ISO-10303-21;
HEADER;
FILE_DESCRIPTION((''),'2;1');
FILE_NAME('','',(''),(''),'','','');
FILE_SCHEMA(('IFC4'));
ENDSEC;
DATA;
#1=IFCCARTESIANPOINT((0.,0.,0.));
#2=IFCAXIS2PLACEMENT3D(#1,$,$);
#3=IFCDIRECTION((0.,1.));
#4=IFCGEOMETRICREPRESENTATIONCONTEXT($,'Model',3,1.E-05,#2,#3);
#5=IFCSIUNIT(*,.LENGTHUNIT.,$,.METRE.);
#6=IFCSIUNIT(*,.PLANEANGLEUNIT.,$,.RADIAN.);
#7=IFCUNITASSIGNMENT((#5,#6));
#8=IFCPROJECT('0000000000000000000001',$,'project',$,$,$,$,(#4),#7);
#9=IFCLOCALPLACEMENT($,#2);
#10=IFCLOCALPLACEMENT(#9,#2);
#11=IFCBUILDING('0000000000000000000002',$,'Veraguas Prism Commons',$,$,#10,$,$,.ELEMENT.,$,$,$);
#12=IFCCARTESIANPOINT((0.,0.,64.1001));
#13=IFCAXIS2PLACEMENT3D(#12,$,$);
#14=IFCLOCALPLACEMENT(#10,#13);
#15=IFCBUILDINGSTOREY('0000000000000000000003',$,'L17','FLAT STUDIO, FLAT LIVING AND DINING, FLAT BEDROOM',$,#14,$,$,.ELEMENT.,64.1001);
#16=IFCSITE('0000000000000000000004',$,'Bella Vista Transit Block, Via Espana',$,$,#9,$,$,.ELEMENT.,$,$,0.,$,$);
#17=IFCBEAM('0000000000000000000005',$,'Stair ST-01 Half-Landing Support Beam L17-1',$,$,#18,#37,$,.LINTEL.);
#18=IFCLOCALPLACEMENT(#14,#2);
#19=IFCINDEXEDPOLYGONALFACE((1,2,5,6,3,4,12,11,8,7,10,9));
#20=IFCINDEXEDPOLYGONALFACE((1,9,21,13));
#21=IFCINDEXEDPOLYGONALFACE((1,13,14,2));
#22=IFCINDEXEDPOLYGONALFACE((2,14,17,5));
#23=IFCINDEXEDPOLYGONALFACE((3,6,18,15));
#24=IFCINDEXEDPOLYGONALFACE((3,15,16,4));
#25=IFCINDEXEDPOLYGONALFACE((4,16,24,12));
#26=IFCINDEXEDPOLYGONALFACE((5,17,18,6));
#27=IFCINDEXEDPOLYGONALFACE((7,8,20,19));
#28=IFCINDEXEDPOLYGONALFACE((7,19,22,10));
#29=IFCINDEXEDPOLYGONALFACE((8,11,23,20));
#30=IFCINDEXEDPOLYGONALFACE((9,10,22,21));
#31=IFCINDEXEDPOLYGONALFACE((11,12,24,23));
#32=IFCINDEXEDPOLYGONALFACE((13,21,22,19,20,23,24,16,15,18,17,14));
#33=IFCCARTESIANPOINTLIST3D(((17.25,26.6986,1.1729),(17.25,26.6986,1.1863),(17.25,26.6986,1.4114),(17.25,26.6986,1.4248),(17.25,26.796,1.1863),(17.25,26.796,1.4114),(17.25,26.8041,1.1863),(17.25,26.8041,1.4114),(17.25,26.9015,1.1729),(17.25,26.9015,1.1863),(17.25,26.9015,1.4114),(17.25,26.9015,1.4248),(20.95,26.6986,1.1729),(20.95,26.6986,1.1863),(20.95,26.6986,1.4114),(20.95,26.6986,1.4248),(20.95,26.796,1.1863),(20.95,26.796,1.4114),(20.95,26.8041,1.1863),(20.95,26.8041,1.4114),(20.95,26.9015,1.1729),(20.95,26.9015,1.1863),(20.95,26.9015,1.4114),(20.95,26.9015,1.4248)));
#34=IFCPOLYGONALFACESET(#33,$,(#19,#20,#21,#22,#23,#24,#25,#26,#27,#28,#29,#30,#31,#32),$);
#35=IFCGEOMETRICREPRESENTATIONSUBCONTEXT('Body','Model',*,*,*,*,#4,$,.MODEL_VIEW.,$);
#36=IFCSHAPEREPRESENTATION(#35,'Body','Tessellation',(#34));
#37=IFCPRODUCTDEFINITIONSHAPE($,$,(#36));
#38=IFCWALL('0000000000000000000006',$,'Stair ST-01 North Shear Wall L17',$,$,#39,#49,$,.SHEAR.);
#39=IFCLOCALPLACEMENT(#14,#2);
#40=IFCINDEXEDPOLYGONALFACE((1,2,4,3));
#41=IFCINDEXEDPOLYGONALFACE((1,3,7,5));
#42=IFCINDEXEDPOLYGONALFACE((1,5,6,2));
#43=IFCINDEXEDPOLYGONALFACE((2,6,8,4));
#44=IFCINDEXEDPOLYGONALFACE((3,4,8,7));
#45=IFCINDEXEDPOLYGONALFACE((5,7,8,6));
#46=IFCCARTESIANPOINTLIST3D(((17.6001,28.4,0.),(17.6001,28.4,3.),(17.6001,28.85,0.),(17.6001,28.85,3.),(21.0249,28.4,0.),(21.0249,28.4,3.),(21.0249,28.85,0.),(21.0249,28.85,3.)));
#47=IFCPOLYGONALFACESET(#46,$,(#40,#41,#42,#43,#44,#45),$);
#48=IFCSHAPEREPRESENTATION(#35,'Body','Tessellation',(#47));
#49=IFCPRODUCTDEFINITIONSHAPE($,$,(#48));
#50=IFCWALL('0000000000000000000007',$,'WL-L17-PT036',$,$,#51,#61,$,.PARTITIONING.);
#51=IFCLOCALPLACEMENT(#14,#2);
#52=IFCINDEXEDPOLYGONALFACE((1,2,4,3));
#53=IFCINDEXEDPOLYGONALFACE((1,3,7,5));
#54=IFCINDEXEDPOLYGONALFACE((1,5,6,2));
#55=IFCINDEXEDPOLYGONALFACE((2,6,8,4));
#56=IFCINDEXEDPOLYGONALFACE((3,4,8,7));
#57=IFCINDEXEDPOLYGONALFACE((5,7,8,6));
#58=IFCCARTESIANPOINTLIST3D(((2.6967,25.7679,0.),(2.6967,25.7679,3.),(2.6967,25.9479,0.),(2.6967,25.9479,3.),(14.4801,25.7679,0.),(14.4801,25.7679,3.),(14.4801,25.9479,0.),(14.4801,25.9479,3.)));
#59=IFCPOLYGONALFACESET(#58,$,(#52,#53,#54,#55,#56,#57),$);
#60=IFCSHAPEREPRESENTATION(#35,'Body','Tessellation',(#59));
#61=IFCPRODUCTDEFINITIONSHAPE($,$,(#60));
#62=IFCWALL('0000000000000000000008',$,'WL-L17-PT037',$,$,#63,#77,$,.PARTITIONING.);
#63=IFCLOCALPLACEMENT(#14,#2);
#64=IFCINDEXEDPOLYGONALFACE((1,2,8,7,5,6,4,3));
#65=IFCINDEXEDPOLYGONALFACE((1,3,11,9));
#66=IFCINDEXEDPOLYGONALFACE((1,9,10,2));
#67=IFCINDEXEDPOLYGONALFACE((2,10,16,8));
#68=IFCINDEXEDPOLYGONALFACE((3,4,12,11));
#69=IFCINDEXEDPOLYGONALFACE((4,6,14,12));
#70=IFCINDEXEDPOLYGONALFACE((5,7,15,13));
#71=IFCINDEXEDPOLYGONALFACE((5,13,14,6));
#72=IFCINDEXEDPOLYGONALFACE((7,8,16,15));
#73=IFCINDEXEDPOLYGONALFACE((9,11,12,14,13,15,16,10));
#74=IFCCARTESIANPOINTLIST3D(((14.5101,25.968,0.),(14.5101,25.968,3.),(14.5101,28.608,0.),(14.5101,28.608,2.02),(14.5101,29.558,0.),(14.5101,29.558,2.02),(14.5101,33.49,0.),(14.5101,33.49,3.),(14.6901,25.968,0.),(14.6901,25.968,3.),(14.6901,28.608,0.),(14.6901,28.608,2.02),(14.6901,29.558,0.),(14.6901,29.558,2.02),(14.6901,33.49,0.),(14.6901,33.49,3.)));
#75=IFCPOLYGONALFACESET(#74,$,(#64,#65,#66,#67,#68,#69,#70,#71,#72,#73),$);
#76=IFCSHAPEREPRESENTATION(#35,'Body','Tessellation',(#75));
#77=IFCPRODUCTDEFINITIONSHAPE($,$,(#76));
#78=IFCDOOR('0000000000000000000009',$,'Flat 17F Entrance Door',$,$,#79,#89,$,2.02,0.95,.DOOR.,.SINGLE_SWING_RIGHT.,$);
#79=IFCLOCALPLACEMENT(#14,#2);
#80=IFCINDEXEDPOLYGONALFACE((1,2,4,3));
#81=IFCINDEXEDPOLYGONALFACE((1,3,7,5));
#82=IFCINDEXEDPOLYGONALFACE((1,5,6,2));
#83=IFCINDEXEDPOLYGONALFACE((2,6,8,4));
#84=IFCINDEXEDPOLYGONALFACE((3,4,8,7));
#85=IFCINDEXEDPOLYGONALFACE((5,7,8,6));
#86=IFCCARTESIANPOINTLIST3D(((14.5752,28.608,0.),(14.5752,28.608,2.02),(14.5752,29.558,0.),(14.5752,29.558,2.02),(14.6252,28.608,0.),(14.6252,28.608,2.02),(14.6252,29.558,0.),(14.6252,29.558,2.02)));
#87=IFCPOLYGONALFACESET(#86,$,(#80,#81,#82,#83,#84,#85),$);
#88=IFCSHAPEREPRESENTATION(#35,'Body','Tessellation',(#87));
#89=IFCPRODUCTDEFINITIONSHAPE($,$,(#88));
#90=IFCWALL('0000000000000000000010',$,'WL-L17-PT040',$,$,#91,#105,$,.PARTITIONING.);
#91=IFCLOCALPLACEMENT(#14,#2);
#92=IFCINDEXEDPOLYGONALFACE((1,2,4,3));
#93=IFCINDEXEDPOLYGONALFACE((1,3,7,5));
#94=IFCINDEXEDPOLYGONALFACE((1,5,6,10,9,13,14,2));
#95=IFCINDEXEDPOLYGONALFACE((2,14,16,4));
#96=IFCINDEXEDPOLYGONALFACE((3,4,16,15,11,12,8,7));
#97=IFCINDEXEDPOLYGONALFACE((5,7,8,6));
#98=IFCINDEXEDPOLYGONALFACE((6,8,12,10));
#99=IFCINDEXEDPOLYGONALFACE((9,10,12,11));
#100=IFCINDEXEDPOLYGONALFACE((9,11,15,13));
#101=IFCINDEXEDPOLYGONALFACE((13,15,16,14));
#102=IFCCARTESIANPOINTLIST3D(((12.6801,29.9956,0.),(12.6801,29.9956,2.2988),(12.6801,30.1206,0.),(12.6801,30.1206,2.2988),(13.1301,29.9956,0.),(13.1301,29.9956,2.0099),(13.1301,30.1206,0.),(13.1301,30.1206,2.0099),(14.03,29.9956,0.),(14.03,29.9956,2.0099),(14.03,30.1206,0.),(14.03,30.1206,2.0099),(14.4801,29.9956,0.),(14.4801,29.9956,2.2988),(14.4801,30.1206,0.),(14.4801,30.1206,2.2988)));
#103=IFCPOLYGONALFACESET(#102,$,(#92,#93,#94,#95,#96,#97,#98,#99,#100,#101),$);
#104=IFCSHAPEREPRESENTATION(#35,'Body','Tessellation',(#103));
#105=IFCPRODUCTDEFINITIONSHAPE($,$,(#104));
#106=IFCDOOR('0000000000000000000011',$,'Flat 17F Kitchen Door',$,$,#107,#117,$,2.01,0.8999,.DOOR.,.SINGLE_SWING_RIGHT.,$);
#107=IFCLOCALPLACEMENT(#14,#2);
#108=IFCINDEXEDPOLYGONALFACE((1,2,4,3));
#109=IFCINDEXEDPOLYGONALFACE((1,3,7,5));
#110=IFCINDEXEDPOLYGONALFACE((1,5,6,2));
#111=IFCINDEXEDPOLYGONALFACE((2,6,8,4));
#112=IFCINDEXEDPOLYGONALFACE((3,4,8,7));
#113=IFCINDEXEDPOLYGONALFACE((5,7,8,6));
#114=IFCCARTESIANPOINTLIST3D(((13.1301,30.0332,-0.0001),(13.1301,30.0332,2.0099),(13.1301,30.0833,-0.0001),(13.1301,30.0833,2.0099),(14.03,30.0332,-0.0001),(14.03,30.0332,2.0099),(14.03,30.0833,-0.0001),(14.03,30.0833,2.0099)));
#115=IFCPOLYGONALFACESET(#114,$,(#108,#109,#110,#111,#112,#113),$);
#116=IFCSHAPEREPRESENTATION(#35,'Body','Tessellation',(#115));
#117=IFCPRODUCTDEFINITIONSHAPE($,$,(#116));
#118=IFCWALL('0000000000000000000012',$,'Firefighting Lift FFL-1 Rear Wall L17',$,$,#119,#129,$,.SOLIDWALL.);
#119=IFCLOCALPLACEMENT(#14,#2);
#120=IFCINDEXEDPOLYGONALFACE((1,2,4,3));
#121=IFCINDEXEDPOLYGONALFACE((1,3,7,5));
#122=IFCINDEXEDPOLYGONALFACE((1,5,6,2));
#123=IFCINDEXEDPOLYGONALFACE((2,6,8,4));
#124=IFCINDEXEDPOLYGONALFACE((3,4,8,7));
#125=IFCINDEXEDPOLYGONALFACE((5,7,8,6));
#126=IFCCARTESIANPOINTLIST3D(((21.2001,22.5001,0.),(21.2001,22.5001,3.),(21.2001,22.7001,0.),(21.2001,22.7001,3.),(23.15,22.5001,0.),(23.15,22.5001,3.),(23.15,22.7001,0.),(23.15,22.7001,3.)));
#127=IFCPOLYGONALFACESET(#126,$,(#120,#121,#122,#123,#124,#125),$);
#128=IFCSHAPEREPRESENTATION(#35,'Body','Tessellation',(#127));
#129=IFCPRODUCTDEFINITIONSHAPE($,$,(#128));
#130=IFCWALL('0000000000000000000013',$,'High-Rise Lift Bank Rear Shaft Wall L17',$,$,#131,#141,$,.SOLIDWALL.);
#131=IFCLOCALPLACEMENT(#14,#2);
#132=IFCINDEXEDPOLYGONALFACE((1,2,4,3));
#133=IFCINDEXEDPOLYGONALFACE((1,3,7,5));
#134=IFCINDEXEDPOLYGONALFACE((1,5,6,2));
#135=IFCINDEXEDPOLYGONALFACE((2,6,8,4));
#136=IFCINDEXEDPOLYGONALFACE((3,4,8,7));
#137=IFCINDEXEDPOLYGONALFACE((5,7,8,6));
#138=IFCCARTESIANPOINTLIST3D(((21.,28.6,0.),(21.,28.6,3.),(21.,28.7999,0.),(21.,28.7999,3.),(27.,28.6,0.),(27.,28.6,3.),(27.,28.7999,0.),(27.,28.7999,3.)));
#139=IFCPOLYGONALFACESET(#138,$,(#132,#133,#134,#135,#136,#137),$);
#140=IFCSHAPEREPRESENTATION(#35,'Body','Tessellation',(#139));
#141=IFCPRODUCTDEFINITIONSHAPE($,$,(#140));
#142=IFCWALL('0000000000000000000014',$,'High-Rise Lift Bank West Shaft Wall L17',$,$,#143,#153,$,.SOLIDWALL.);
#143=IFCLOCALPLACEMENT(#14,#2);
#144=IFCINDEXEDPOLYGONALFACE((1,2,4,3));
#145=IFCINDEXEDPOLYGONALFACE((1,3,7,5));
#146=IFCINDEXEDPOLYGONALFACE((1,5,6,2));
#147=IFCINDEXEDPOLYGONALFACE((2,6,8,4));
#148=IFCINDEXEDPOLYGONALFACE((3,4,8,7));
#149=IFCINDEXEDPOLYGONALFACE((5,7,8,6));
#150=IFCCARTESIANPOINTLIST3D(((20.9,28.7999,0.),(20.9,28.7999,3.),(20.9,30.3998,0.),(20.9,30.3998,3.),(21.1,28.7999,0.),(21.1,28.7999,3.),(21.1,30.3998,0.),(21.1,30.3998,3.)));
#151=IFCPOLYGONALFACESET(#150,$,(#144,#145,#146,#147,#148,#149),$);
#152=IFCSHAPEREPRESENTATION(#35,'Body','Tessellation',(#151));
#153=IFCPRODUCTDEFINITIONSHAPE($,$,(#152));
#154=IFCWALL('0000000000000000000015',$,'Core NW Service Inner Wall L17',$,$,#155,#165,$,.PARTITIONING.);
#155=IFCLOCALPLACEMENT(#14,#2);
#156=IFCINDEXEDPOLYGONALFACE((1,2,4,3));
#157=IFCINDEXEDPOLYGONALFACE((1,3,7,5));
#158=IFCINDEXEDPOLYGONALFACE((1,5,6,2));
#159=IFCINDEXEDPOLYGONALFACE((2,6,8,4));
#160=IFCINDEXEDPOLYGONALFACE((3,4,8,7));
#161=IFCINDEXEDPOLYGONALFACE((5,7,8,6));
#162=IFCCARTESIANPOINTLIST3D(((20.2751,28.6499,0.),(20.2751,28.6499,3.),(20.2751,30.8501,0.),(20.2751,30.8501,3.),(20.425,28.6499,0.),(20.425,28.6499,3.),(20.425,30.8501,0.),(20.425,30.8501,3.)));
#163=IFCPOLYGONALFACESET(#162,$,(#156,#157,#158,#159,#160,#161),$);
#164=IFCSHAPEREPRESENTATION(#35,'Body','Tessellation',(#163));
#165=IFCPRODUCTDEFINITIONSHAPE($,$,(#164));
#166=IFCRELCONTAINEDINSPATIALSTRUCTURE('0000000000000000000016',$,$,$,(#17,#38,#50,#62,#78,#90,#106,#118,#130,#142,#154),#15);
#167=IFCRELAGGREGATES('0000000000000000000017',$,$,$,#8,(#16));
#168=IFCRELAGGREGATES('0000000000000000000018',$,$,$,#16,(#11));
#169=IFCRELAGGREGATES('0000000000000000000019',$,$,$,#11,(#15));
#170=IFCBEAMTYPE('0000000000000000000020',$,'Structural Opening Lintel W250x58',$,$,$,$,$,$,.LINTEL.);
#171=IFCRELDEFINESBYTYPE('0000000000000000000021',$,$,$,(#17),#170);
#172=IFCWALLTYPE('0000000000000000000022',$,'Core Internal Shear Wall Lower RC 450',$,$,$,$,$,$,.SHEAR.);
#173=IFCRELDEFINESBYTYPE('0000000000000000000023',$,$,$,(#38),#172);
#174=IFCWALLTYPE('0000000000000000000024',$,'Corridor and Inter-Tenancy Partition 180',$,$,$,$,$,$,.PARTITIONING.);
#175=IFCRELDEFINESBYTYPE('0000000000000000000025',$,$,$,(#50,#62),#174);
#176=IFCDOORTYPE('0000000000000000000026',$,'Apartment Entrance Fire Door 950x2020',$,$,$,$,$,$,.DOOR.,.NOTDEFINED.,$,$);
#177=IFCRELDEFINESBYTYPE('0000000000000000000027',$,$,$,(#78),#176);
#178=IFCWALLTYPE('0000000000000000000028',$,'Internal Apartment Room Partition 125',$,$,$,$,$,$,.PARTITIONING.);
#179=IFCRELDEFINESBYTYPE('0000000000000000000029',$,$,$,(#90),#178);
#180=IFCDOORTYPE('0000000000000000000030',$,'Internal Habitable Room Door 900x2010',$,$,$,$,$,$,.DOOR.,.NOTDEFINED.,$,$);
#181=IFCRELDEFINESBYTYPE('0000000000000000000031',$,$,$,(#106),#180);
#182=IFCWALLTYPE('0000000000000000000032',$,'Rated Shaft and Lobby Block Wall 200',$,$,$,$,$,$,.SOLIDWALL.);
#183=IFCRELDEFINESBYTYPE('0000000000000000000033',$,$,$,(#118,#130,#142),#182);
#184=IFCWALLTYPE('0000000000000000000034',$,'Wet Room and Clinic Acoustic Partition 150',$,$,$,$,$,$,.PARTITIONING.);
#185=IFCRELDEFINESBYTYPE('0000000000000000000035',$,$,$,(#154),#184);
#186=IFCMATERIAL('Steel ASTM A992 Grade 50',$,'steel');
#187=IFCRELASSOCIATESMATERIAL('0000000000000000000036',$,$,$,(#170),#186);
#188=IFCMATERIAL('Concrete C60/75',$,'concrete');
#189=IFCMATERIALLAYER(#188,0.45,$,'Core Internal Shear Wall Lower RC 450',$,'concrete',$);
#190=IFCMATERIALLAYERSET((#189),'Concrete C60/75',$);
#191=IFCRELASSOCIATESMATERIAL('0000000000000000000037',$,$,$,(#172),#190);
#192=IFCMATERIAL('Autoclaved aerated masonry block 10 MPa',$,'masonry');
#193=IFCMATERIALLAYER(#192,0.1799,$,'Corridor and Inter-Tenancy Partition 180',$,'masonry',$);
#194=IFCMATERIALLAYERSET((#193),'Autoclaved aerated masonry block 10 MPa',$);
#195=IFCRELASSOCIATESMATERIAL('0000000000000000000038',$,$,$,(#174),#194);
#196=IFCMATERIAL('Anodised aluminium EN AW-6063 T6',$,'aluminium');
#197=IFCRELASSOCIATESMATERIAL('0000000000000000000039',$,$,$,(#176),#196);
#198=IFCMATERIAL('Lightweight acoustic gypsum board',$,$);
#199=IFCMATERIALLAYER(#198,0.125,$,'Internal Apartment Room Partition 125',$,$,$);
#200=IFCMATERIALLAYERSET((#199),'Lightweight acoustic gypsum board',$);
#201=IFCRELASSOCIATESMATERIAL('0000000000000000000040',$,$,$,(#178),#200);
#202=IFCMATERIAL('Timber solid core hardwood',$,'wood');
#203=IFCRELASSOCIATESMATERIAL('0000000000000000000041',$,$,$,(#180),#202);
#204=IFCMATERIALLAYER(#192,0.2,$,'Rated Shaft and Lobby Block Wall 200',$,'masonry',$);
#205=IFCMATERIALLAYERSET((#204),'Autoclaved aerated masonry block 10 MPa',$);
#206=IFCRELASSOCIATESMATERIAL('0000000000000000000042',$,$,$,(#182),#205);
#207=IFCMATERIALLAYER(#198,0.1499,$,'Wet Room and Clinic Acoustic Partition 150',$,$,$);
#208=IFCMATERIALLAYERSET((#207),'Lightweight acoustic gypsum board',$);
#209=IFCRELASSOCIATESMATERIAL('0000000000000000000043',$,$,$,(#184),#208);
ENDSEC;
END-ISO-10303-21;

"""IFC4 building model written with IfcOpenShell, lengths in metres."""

from ifc_helpers import new_model, si_unit, direction, frame, frame_2d, origin, origin_2d, place, context, subcontext, project, spatial, rectangle, i_section, extrude, source, transform, mapped, material, layer, layer_set, material_profile, profile_set, type_object, element, fill, save


model = new_model("IFC4")

# Units and contexts
model_context = context("Model", 3, precision=1e-05, world=origin(), true_north=direction((0.0, 1.0)))
body_context = subcontext(model_context, "Body", "Model", "MODEL_VIEW")
ifc_project = project(units=[si_unit("LENGTHUNIT", "METRE"), si_unit("PLANEANGLEUNIT", "RADIAN")], contexts=[model_context])

# Site, building, storey
site_placement = place(None, origin())
site = spatial("IfcSite", under=ifc_project, at=site_placement, Name="Bella Vista Transit Block, Via Espana", CompositionType="ELEMENT", RefElevation=0.0)
building_placement = place(site_placement, origin())
building = spatial("IfcBuilding", under=site, at=building_placement, Name="Veraguas Prism Commons", CompositionType="ELEMENT")
storey_placement = place(building_placement, frame((0.0, 0.0, 64.1001)))
storey = spatial("IfcBuildingStorey", under=building, at=storey_placement, Name="L17", Description="FLAT STUDIO, FLAT LIVING AND DINING, FLAT BEDROOM", CompositionType="ELEMENT", Elevation=64.1001)

# Beam
ifc_material_1 = material(Name="Steel ASTM A992 Grade 50", Category="steel")
ifc_material_profile = material_profile(ifc_material_1, i_section(OverallWidth=0.2029, OverallDepth=0.252, WebThickness=0.0081, FlangeThickness=0.0134, at=origin_2d()), Name="W250X58")
ifc_profile_set = profile_set([ifc_material_profile], Name="Steel ASTM A992 Grade 50")
beam_type = type_object("IfcBeamType", Name="Structural Opening Lintel W250x58", PredefinedType="LINTEL", material=ifc_profile_set)
beam_placement = place(storey_placement, frame((17.25, 26.8, 1.2988), z_axis=(1.0, 0.0, 0.0), x_axis=(0.0, 1.0, 0.0)))
element("IfcBeam", 1, at=beam_placement, inside=storey, type_object=beam_type, Name="Stair ST-01 Half-Landing Support Beam L17-1", PredefinedType="LINTEL", context=body_context, shape_type="SweptSolid", body=[
    extrude(i_section(OverallWidth=0.2029, OverallDepth=0.252, WebThickness=0.0081, FlangeThickness=0.0134, at=origin_2d()), origin(), (0.0, 0.0, 1.0), 3.7),
])

# Walls
ifc_material_2 = material(Name="Concrete C60/75", Category="concrete")
ifc_layer_1 = layer(ifc_material_2, 0.45, Name="Core Internal Shear Wall Lower RC 450", Category="concrete")
ifc_layer_set_1 = layer_set([ifc_layer_1], Name="Concrete C60/75")
wall_type_1 = type_object("IfcWallType", Name="Core Internal Shear Wall Lower RC 450", PredefinedType="SHEAR", material=ifc_layer_set_1)
wall_1_placement = place(storey_placement, frame((17.6001, 28.625, 0.0), z_axis=(0.0, 0.0, 1.0), x_axis=(1.0, 0.0, 0.0)))
element("IfcWall", 2, at=wall_1_placement, inside=storey, type_object=wall_type_1, Name="Stair ST-01 North Shear Wall L17", PredefinedType="SHEAR", context=body_context, shape_type="SweptSolid", body=[
    extrude(rectangle(XDim=3.4248, YDim=0.45, at=frame_2d((1.7124, 0.0))), origin(), (0.0, 0.0, 1.0), 3.0),
])
ifc_material_3 = material(Name="Autoclaved aerated masonry block 10 MPa", Category="masonry")
ifc_layer_2 = layer(ifc_material_3, 0.1799, Name="Corridor and Inter-Tenancy Partition 180", Category="masonry")
ifc_layer_set_2 = layer_set([ifc_layer_2], Name="Autoclaved aerated masonry block 10 MPa")
wall_type_2 = type_object("IfcWallType", Name="Corridor and Inter-Tenancy Partition 180", PredefinedType="PARTITIONING", material=ifc_layer_set_2)
wall_2_placement = place(storey_placement, frame((14.48, 25.8579, 0.0), z_axis=(0.0, 0.0, 1.0), x_axis=(-1.0, 0.0, 0.0)))
element("IfcWall", 3, at=wall_2_placement, inside=storey, type_object=wall_type_2, Name="WL-L17-PT036", PredefinedType="PARTITIONING", context=body_context, shape_type="SweptSolid", body=[
    extrude(rectangle(XDim=11.7834, YDim=0.1799, at=frame_2d((5.8916, 0.0))), origin(), (0.0, 0.0, 1.0), 3.0),
])

# Walls, openings, doors
wall_3_placement = place(storey_placement, frame((14.6001, 25.968, 0.0), z_axis=(0.0, 0.0, 1.0), x_axis=(0.0, 1.0, 0.0)))
wall_3 = element("IfcWall", 4, at=wall_3_placement, inside=storey, type_object=wall_type_2, Name="WL-L17-PT037", PredefinedType="PARTITIONING", context=body_context, shape_type="SweptSolid", body=[
    extrude(rectangle(XDim=7.522, YDim=0.1799, at=frame_2d((3.761, 0.0))), origin(), (0.0, 0.0, 1.0), 3.0),
])
opening_1_placement = place(wall_3_placement, frame((2.6399, 0.0, 0.0)))
opening_1 = element("IfcOpeningElement", 5, at=opening_1_placement, cuts=wall_3, PredefinedType="OPENING", context=body_context, shape_type="SweptSolid", body=[
    extrude(rectangle(XDim=0.95, YDim=2.02, at=frame_2d((0.4751, 1.01))), frame((0.0, 0.0999, 0.0), z_axis=(0.0, -1.0, 0.0), x_axis=(1.0, 0.0, 0.0)), (0.0, 0.0, 1.0), 0.2),
])
ifc_material_4 = material(Name="Anodised aluminium EN AW-6063 T6", Category="aluminium")
door_type_1 = type_object("IfcDoorType", Name="Apartment Entrance Fire Door 950x2020", OperationType="NOTDEFINED", PredefinedType="DOOR", material=ifc_material_4)
shared_shape_1 = source(origin(), body_context, "Body", "SweptSolid", [
    extrude(rectangle(XDim=0.95, YDim=2.02, at=frame_2d((0.4751, 1.01))), frame((0.0, 0.0249, 0.0), z_axis=(0.0, -1.0, 0.0), x_axis=(1.0, 0.0, 0.0)), (0.0, 0.0, 1.0), 0.05),
])
door_1_placement = place(opening_1_placement, origin())
door_1 = element("IfcDoor", 6, at=door_1_placement, inside=storey, type_object=door_type_1, Name="Flat 17F Entrance Door", OperationType="SINGLE_SWING_RIGHT", OverallHeight=2.02, OverallWidth=0.95, PredefinedType="DOOR", context=body_context, shape_type="MappedRepresentation", body=[
    mapped(shared_shape_1, transform((0.0, 0.0, 0.0), scale=1.0)),
])
fill(opening_1, door_1)
ifc_material_5 = material(Name="Lightweight acoustic gypsum board")
ifc_layer_3 = layer(ifc_material_5, 0.125, Name="Internal Apartment Room Partition 125")
ifc_layer_set_3 = layer_set([ifc_layer_3], Name="Lightweight acoustic gypsum board")
wall_type_3 = type_object("IfcWallType", Name="Internal Apartment Room Partition 125", PredefinedType="PARTITIONING", material=ifc_layer_set_3)
wall_4_placement = place(storey_placement, frame((14.48, 30.0581, 0.0), z_axis=(0.0, 0.0, 1.0), x_axis=(-1.0, 0.0, 0.0)))
wall_4 = element("IfcWall", 7, at=wall_4_placement, inside=storey, type_object=wall_type_3, Name="WL-L17-PT040", PredefinedType="PARTITIONING", context=body_context, shape_type="SweptSolid", body=[
    extrude(rectangle(XDim=1.8, YDim=0.125, at=frame_2d((0.8999, 0.0))), origin(), (0.0, 0.0, 1.0), 2.2988),
])
opening_2_placement = place(wall_4_placement, frame((0.45, 0.0, 0.0)))
opening_2 = element("IfcOpeningElement", 8, at=opening_2_placement, cuts=wall_4, PredefinedType="OPENING", context=body_context, shape_type="SweptSolid", body=[
    extrude(rectangle(XDim=0.8999, YDim=2.01, at=frame_2d((0.45, 1.0049))), frame((0.0, 0.0725, 0.0), z_axis=(0.0, -1.0, 0.0), x_axis=(1.0, 0.0, 0.0)), (0.0, 0.0, 1.0), 0.145),
])
ifc_material_6 = material(Name="Timber solid core hardwood", Category="wood")
door_type_2 = type_object("IfcDoorType", Name="Internal Habitable Room Door 900x2010", OperationType="NOTDEFINED", PredefinedType="DOOR", material=ifc_material_6)
shared_shape_2 = source(origin(), body_context, "Body", "SweptSolid", [
    extrude(rectangle(XDim=0.8999, YDim=2.01, at=frame_2d((0.45, 1.0049))), frame((0.0, 0.0249, 0.0), z_axis=(0.0, -1.0, 0.0), x_axis=(1.0, 0.0, 0.0)), (0.0, 0.0, 1.0), 0.05),
])
door_2_placement = place(opening_2_placement, origin())
door_2 = element("IfcDoor", 9, at=door_2_placement, inside=storey, type_object=door_type_2, Name="Flat 17F Kitchen Door", OperationType="SINGLE_SWING_RIGHT", OverallHeight=2.01, OverallWidth=0.8999, PredefinedType="DOOR", context=body_context, shape_type="MappedRepresentation", body=[
    mapped(shared_shape_2, transform((0.0, 0.0, 0.0), scale=1.0)),
])
fill(opening_2, door_2)

# Walls
ifc_layer_4 = layer(ifc_material_3, 0.2, Name="Rated Shaft and Lobby Block Wall 200", Category="masonry")
ifc_layer_set_4 = layer_set([ifc_layer_4], Name="Autoclaved aerated masonry block 10 MPa")
wall_type_4 = type_object("IfcWallType", Name="Rated Shaft and Lobby Block Wall 200", PredefinedType="SOLIDWALL", material=ifc_layer_set_4)
wall_5_placement = place(storey_placement, frame((21.2, 22.6001, 0.0), z_axis=(0.0, 0.0, 1.0), x_axis=(1.0, 0.0, 0.0)))
element("IfcWall", 10, at=wall_5_placement, inside=storey, type_object=wall_type_4, Name="Firefighting Lift FFL-1 Rear Wall L17", PredefinedType="SOLIDWALL", context=body_context, shape_type="SweptSolid", body=[
    extrude(rectangle(XDim=1.95, YDim=0.2, at=frame_2d((0.9751, 0.0))), origin(), (0.0, 0.0, 1.0), 3.0),
])
wall_6_placement = place(storey_placement, frame((21.0, 28.7, 0.0), z_axis=(0.0, 0.0, 1.0), x_axis=(1.0, 0.0, 0.0)))
element("IfcWall", 11, at=wall_6_placement, inside=storey, type_object=wall_type_4, Name="High-Rise Lift Bank Rear Shaft Wall L17", PredefinedType="SOLIDWALL", context=body_context, shape_type="SweptSolid", body=[
    extrude(rectangle(XDim=6.0, YDim=0.2, at=frame_2d((3.0, 0.0))), origin(), (0.0, 0.0, 1.0), 3.0),
])
wall_7_placement = place(storey_placement, frame((21.0, 28.8, 0.0), z_axis=(0.0, 0.0, 1.0), x_axis=(0.0, 1.0, 0.0)))
element("IfcWall", 12, at=wall_7_placement, inside=storey, type_object=wall_type_4, Name="High-Rise Lift Bank West Shaft Wall L17", PredefinedType="SOLIDWALL", context=body_context, shape_type="SweptSolid", body=[
    extrude(rectangle(XDim=1.5999, YDim=0.2, at=frame_2d((0.7998, 0.0))), origin(), (0.0, 0.0, 1.0), 3.0),
])
ifc_layer_5 = layer(ifc_material_5, 0.1499, Name="Wet Room and Clinic Acoustic Partition 150")
ifc_layer_set_5 = layer_set([ifc_layer_5], Name="Lightweight acoustic gypsum board")
wall_type_5 = type_object("IfcWallType", Name="Wet Room and Clinic Acoustic Partition 150", PredefinedType="PARTITIONING", material=ifc_layer_set_5)
wall_8_placement = place(storey_placement, frame((20.3501, 28.6499, 0.0), z_axis=(0.0, 0.0, 1.0), x_axis=(0.0, 1.0, 0.0)))
element("IfcWall", 13, at=wall_8_placement, inside=storey, type_object=wall_type_5, Name="Core NW Service Inner Wall L17", PredefinedType="PARTITIONING", context=body_context, shape_type="SweptSolid", body=[
    extrude(rectangle(XDim=2.2002, YDim=0.1499, at=frame_2d((1.1001, 0.0))), origin(), (0.0, 0.0, 1.0), 3.0),
])

save(model, "model.ifc")
